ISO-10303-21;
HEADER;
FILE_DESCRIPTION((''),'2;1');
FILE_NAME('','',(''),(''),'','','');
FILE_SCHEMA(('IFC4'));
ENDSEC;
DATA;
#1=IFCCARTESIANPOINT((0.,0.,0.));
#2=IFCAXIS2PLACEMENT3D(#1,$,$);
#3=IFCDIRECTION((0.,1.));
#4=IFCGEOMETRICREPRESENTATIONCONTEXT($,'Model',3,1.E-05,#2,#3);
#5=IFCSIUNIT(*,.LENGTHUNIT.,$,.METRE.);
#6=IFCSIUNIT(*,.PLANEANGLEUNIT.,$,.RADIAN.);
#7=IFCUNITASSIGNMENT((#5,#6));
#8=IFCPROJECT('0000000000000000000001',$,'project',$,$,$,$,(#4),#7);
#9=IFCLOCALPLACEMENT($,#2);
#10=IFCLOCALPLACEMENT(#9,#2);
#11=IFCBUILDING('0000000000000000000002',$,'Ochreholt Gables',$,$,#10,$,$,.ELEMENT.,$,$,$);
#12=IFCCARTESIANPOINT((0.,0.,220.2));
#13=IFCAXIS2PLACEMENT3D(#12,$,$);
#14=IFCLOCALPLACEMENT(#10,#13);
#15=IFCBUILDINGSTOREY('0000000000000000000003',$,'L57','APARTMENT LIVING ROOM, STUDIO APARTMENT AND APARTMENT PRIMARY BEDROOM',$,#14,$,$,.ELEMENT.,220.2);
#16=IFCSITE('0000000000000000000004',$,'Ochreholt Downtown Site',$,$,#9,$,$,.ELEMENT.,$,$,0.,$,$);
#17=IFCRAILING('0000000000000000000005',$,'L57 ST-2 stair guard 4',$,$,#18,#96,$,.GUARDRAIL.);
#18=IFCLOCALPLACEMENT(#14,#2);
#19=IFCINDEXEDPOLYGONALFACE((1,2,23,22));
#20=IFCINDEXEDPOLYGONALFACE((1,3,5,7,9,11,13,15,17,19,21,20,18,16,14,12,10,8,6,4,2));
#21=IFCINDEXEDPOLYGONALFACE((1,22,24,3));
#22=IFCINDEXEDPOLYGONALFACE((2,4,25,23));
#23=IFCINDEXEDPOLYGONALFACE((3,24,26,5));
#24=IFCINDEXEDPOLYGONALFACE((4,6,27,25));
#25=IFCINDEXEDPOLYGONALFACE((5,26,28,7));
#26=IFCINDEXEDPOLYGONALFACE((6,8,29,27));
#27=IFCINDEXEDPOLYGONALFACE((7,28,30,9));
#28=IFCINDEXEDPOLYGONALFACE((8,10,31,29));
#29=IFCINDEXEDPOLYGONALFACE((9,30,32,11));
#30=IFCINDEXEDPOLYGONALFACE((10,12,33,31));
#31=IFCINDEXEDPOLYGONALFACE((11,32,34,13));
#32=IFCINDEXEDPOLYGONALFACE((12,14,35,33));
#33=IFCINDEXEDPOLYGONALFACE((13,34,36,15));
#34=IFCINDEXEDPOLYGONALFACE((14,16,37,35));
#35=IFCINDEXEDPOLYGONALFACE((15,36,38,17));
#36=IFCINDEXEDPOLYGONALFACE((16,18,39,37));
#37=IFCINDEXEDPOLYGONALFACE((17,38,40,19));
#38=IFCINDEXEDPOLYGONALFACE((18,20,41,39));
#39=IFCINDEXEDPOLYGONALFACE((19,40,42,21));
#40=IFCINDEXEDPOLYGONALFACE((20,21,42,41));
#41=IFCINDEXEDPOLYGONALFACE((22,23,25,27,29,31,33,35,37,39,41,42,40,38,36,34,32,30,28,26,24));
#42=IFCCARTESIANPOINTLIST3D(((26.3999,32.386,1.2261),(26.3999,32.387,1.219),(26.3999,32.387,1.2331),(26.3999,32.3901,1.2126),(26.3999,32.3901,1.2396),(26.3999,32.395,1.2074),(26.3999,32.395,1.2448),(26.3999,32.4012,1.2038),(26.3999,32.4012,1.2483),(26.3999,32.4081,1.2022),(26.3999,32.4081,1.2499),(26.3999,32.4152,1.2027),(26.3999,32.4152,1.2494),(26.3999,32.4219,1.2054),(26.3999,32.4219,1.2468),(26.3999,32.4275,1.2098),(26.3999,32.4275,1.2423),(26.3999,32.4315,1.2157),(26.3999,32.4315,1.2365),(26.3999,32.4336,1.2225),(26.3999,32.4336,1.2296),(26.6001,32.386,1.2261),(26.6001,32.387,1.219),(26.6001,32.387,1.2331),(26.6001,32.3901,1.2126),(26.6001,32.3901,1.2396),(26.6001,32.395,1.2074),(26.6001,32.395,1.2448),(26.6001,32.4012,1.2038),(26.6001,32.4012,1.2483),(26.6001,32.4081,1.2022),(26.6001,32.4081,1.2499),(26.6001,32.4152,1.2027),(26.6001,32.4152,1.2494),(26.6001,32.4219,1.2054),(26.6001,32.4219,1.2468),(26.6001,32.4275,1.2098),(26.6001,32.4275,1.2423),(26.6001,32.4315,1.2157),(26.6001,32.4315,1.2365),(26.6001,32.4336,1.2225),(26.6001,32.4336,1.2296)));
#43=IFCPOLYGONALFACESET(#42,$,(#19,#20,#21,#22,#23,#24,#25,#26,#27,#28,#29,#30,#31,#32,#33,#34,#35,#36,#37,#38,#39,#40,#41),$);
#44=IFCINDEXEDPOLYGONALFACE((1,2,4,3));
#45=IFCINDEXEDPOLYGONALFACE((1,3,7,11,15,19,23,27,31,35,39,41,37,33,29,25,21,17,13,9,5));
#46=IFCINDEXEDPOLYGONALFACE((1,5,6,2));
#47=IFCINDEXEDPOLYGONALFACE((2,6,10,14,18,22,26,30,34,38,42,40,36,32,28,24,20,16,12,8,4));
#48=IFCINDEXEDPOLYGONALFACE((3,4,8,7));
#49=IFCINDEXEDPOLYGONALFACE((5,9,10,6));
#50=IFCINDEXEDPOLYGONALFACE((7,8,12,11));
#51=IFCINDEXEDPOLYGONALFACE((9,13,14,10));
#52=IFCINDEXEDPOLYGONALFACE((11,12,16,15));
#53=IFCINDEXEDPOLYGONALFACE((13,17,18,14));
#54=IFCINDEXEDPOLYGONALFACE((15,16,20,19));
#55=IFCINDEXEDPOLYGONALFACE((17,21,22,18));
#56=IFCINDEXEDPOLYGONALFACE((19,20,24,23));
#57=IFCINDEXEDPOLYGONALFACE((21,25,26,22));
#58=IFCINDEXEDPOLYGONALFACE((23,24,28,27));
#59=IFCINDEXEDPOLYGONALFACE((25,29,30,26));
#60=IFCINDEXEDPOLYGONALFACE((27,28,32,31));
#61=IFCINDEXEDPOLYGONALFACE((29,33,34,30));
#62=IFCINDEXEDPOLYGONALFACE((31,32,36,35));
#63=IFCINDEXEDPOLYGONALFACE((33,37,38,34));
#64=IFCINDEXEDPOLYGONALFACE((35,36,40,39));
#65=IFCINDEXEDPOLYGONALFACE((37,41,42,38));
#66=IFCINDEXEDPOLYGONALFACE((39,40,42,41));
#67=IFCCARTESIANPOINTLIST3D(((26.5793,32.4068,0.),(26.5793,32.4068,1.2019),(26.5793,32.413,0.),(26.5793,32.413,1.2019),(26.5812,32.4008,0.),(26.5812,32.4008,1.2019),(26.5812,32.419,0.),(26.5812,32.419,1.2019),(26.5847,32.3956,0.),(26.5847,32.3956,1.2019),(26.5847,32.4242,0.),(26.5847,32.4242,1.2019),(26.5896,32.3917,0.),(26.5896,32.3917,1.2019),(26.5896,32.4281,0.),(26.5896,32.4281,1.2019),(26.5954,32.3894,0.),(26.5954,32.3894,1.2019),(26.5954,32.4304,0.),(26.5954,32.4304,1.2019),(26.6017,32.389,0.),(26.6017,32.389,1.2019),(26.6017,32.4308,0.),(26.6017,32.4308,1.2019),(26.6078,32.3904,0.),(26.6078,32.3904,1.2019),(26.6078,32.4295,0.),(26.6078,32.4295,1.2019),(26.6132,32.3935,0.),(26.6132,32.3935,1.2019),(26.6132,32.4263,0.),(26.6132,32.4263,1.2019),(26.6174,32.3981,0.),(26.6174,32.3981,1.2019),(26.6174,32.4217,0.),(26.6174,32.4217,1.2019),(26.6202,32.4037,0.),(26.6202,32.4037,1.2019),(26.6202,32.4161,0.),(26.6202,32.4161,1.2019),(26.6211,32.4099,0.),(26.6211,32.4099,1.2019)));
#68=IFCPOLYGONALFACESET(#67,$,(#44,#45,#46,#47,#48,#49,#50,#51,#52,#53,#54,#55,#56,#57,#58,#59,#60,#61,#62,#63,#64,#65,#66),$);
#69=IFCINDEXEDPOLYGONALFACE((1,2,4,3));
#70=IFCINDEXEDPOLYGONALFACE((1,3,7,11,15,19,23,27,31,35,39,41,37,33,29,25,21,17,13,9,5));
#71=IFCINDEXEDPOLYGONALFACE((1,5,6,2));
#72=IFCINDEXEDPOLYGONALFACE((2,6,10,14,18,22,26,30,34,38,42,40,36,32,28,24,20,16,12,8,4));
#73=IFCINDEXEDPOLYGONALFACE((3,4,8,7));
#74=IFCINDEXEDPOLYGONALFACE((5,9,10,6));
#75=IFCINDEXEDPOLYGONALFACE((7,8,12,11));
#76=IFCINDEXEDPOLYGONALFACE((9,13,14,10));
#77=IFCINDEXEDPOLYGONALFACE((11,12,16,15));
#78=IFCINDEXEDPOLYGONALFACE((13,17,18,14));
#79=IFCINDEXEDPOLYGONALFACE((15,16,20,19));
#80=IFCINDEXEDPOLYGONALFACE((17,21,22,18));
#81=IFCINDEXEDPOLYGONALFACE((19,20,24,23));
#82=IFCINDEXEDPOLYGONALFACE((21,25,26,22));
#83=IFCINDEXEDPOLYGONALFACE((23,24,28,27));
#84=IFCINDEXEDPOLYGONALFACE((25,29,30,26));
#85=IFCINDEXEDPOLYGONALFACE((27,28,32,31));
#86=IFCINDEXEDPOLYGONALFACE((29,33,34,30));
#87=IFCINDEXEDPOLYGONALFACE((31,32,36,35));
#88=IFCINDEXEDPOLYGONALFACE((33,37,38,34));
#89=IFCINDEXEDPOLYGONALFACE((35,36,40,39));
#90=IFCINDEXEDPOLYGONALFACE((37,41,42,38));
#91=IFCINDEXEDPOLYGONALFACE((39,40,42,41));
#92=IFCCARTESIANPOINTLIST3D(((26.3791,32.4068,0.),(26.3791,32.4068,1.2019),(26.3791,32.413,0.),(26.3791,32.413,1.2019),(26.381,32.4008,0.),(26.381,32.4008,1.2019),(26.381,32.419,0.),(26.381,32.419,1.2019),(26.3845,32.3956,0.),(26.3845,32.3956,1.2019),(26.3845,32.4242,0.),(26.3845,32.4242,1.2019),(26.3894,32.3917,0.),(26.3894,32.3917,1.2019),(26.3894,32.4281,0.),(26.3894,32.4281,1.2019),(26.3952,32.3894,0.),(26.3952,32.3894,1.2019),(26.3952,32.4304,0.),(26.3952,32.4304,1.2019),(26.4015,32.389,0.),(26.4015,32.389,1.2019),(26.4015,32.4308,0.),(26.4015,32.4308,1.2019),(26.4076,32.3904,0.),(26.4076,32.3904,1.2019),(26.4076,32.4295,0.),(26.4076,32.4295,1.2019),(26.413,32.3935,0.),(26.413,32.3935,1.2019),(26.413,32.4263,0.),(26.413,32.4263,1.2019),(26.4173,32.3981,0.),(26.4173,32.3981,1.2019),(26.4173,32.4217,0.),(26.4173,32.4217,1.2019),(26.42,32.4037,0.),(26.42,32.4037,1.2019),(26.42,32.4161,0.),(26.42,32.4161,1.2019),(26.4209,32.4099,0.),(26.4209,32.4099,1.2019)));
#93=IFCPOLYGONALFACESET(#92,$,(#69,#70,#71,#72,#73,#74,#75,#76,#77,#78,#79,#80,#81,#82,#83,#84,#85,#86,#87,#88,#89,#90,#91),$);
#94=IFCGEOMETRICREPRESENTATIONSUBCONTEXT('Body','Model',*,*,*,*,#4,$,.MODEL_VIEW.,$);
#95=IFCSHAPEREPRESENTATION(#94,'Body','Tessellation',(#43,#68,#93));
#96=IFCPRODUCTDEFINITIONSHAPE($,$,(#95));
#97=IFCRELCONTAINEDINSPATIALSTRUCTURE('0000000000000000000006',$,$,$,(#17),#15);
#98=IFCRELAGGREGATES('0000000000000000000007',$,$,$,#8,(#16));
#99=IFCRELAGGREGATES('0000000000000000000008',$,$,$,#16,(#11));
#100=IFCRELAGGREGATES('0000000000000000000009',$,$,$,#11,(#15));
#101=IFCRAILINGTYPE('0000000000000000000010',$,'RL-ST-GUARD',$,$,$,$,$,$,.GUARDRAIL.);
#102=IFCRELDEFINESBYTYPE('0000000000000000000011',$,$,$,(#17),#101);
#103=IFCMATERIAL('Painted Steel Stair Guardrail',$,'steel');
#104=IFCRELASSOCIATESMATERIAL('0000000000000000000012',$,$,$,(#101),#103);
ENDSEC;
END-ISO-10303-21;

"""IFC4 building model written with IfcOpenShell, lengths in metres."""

from ifc_helpers import new_model, si_unit, direction, frame, origin, origin_2d, place, context, subcontext, project, spatial, circle, extrude, material, type_object, element, save


model = new_model("IFC4")

# Units and contexts
model_context = context("Model", 3, precision=1e-05, world=origin(), true_north=direction((0.0, 1.0)))
body_context = subcontext(model_context, "Body", "Model", "MODEL_VIEW")
ifc_project = project(units=[si_unit("LENGTHUNIT", "METRE"), si_unit("PLANEANGLEUNIT", "RADIAN")], contexts=[model_context])

# Site, building, storey
site_placement = place(None, origin())
site = spatial("IfcSite", under=ifc_project, at=site_placement, Name="Ochreholt Downtown Site", CompositionType="ELEMENT", RefElevation=0.0)
building_placement = place(site_placement, origin())
building = spatial("IfcBuilding", under=site, at=building_placement, Name="Ochreholt Gables", CompositionType="ELEMENT")
storey_placement = place(building_placement, frame((0.0, 0.0, 220.2)))
storey = spatial("IfcBuildingStorey", under=building, at=storey_placement, Name="L57", Description="APARTMENT LIVING ROOM, STUDIO APARTMENT AND APARTMENT PRIMARY BEDROOM", CompositionType="ELEMENT", Elevation=220.2)

# Railing
ifc_material_1 = material(Name="Painted Steel Stair Guardrail", Category="steel")
railing_type_1 = type_object("IfcRailingType", Name="RL-ST-GUARD", PredefinedType="GUARDRAIL", material=ifc_material_1)
railing_1_placement = place(storey_placement, frame((26.6001, 32.4099, 0.0)))
element("IfcRailing", 1, at=railing_1_placement, inside=storey, type_object=railing_type_1, Name="L57 ST-2 stair guard 4", PredefinedType="GUARDRAIL", context=body_context, shape_type="SweptSolid", body=[
    extrude(circle(Radius=0.0239, at=origin_2d()), frame((0.0, 0.0, 1.2261), z_axis=(-1.0, 0.0, 0.0), x_axis=(0.0, -1.0, 0.0)), (0.0, 0.0, 1.0), 0.2002),
    extrude(circle(Radius=0.021, at=origin_2d()), origin(), (0.0, 0.0, 1.0), 1.2019),
    extrude(circle(Radius=0.021, at=origin_2d()), frame((-0.2002, 0.0, 0.0)), (0.0, 0.0, 1.0), 1.2019),
])

save(model, "model.ifc")
